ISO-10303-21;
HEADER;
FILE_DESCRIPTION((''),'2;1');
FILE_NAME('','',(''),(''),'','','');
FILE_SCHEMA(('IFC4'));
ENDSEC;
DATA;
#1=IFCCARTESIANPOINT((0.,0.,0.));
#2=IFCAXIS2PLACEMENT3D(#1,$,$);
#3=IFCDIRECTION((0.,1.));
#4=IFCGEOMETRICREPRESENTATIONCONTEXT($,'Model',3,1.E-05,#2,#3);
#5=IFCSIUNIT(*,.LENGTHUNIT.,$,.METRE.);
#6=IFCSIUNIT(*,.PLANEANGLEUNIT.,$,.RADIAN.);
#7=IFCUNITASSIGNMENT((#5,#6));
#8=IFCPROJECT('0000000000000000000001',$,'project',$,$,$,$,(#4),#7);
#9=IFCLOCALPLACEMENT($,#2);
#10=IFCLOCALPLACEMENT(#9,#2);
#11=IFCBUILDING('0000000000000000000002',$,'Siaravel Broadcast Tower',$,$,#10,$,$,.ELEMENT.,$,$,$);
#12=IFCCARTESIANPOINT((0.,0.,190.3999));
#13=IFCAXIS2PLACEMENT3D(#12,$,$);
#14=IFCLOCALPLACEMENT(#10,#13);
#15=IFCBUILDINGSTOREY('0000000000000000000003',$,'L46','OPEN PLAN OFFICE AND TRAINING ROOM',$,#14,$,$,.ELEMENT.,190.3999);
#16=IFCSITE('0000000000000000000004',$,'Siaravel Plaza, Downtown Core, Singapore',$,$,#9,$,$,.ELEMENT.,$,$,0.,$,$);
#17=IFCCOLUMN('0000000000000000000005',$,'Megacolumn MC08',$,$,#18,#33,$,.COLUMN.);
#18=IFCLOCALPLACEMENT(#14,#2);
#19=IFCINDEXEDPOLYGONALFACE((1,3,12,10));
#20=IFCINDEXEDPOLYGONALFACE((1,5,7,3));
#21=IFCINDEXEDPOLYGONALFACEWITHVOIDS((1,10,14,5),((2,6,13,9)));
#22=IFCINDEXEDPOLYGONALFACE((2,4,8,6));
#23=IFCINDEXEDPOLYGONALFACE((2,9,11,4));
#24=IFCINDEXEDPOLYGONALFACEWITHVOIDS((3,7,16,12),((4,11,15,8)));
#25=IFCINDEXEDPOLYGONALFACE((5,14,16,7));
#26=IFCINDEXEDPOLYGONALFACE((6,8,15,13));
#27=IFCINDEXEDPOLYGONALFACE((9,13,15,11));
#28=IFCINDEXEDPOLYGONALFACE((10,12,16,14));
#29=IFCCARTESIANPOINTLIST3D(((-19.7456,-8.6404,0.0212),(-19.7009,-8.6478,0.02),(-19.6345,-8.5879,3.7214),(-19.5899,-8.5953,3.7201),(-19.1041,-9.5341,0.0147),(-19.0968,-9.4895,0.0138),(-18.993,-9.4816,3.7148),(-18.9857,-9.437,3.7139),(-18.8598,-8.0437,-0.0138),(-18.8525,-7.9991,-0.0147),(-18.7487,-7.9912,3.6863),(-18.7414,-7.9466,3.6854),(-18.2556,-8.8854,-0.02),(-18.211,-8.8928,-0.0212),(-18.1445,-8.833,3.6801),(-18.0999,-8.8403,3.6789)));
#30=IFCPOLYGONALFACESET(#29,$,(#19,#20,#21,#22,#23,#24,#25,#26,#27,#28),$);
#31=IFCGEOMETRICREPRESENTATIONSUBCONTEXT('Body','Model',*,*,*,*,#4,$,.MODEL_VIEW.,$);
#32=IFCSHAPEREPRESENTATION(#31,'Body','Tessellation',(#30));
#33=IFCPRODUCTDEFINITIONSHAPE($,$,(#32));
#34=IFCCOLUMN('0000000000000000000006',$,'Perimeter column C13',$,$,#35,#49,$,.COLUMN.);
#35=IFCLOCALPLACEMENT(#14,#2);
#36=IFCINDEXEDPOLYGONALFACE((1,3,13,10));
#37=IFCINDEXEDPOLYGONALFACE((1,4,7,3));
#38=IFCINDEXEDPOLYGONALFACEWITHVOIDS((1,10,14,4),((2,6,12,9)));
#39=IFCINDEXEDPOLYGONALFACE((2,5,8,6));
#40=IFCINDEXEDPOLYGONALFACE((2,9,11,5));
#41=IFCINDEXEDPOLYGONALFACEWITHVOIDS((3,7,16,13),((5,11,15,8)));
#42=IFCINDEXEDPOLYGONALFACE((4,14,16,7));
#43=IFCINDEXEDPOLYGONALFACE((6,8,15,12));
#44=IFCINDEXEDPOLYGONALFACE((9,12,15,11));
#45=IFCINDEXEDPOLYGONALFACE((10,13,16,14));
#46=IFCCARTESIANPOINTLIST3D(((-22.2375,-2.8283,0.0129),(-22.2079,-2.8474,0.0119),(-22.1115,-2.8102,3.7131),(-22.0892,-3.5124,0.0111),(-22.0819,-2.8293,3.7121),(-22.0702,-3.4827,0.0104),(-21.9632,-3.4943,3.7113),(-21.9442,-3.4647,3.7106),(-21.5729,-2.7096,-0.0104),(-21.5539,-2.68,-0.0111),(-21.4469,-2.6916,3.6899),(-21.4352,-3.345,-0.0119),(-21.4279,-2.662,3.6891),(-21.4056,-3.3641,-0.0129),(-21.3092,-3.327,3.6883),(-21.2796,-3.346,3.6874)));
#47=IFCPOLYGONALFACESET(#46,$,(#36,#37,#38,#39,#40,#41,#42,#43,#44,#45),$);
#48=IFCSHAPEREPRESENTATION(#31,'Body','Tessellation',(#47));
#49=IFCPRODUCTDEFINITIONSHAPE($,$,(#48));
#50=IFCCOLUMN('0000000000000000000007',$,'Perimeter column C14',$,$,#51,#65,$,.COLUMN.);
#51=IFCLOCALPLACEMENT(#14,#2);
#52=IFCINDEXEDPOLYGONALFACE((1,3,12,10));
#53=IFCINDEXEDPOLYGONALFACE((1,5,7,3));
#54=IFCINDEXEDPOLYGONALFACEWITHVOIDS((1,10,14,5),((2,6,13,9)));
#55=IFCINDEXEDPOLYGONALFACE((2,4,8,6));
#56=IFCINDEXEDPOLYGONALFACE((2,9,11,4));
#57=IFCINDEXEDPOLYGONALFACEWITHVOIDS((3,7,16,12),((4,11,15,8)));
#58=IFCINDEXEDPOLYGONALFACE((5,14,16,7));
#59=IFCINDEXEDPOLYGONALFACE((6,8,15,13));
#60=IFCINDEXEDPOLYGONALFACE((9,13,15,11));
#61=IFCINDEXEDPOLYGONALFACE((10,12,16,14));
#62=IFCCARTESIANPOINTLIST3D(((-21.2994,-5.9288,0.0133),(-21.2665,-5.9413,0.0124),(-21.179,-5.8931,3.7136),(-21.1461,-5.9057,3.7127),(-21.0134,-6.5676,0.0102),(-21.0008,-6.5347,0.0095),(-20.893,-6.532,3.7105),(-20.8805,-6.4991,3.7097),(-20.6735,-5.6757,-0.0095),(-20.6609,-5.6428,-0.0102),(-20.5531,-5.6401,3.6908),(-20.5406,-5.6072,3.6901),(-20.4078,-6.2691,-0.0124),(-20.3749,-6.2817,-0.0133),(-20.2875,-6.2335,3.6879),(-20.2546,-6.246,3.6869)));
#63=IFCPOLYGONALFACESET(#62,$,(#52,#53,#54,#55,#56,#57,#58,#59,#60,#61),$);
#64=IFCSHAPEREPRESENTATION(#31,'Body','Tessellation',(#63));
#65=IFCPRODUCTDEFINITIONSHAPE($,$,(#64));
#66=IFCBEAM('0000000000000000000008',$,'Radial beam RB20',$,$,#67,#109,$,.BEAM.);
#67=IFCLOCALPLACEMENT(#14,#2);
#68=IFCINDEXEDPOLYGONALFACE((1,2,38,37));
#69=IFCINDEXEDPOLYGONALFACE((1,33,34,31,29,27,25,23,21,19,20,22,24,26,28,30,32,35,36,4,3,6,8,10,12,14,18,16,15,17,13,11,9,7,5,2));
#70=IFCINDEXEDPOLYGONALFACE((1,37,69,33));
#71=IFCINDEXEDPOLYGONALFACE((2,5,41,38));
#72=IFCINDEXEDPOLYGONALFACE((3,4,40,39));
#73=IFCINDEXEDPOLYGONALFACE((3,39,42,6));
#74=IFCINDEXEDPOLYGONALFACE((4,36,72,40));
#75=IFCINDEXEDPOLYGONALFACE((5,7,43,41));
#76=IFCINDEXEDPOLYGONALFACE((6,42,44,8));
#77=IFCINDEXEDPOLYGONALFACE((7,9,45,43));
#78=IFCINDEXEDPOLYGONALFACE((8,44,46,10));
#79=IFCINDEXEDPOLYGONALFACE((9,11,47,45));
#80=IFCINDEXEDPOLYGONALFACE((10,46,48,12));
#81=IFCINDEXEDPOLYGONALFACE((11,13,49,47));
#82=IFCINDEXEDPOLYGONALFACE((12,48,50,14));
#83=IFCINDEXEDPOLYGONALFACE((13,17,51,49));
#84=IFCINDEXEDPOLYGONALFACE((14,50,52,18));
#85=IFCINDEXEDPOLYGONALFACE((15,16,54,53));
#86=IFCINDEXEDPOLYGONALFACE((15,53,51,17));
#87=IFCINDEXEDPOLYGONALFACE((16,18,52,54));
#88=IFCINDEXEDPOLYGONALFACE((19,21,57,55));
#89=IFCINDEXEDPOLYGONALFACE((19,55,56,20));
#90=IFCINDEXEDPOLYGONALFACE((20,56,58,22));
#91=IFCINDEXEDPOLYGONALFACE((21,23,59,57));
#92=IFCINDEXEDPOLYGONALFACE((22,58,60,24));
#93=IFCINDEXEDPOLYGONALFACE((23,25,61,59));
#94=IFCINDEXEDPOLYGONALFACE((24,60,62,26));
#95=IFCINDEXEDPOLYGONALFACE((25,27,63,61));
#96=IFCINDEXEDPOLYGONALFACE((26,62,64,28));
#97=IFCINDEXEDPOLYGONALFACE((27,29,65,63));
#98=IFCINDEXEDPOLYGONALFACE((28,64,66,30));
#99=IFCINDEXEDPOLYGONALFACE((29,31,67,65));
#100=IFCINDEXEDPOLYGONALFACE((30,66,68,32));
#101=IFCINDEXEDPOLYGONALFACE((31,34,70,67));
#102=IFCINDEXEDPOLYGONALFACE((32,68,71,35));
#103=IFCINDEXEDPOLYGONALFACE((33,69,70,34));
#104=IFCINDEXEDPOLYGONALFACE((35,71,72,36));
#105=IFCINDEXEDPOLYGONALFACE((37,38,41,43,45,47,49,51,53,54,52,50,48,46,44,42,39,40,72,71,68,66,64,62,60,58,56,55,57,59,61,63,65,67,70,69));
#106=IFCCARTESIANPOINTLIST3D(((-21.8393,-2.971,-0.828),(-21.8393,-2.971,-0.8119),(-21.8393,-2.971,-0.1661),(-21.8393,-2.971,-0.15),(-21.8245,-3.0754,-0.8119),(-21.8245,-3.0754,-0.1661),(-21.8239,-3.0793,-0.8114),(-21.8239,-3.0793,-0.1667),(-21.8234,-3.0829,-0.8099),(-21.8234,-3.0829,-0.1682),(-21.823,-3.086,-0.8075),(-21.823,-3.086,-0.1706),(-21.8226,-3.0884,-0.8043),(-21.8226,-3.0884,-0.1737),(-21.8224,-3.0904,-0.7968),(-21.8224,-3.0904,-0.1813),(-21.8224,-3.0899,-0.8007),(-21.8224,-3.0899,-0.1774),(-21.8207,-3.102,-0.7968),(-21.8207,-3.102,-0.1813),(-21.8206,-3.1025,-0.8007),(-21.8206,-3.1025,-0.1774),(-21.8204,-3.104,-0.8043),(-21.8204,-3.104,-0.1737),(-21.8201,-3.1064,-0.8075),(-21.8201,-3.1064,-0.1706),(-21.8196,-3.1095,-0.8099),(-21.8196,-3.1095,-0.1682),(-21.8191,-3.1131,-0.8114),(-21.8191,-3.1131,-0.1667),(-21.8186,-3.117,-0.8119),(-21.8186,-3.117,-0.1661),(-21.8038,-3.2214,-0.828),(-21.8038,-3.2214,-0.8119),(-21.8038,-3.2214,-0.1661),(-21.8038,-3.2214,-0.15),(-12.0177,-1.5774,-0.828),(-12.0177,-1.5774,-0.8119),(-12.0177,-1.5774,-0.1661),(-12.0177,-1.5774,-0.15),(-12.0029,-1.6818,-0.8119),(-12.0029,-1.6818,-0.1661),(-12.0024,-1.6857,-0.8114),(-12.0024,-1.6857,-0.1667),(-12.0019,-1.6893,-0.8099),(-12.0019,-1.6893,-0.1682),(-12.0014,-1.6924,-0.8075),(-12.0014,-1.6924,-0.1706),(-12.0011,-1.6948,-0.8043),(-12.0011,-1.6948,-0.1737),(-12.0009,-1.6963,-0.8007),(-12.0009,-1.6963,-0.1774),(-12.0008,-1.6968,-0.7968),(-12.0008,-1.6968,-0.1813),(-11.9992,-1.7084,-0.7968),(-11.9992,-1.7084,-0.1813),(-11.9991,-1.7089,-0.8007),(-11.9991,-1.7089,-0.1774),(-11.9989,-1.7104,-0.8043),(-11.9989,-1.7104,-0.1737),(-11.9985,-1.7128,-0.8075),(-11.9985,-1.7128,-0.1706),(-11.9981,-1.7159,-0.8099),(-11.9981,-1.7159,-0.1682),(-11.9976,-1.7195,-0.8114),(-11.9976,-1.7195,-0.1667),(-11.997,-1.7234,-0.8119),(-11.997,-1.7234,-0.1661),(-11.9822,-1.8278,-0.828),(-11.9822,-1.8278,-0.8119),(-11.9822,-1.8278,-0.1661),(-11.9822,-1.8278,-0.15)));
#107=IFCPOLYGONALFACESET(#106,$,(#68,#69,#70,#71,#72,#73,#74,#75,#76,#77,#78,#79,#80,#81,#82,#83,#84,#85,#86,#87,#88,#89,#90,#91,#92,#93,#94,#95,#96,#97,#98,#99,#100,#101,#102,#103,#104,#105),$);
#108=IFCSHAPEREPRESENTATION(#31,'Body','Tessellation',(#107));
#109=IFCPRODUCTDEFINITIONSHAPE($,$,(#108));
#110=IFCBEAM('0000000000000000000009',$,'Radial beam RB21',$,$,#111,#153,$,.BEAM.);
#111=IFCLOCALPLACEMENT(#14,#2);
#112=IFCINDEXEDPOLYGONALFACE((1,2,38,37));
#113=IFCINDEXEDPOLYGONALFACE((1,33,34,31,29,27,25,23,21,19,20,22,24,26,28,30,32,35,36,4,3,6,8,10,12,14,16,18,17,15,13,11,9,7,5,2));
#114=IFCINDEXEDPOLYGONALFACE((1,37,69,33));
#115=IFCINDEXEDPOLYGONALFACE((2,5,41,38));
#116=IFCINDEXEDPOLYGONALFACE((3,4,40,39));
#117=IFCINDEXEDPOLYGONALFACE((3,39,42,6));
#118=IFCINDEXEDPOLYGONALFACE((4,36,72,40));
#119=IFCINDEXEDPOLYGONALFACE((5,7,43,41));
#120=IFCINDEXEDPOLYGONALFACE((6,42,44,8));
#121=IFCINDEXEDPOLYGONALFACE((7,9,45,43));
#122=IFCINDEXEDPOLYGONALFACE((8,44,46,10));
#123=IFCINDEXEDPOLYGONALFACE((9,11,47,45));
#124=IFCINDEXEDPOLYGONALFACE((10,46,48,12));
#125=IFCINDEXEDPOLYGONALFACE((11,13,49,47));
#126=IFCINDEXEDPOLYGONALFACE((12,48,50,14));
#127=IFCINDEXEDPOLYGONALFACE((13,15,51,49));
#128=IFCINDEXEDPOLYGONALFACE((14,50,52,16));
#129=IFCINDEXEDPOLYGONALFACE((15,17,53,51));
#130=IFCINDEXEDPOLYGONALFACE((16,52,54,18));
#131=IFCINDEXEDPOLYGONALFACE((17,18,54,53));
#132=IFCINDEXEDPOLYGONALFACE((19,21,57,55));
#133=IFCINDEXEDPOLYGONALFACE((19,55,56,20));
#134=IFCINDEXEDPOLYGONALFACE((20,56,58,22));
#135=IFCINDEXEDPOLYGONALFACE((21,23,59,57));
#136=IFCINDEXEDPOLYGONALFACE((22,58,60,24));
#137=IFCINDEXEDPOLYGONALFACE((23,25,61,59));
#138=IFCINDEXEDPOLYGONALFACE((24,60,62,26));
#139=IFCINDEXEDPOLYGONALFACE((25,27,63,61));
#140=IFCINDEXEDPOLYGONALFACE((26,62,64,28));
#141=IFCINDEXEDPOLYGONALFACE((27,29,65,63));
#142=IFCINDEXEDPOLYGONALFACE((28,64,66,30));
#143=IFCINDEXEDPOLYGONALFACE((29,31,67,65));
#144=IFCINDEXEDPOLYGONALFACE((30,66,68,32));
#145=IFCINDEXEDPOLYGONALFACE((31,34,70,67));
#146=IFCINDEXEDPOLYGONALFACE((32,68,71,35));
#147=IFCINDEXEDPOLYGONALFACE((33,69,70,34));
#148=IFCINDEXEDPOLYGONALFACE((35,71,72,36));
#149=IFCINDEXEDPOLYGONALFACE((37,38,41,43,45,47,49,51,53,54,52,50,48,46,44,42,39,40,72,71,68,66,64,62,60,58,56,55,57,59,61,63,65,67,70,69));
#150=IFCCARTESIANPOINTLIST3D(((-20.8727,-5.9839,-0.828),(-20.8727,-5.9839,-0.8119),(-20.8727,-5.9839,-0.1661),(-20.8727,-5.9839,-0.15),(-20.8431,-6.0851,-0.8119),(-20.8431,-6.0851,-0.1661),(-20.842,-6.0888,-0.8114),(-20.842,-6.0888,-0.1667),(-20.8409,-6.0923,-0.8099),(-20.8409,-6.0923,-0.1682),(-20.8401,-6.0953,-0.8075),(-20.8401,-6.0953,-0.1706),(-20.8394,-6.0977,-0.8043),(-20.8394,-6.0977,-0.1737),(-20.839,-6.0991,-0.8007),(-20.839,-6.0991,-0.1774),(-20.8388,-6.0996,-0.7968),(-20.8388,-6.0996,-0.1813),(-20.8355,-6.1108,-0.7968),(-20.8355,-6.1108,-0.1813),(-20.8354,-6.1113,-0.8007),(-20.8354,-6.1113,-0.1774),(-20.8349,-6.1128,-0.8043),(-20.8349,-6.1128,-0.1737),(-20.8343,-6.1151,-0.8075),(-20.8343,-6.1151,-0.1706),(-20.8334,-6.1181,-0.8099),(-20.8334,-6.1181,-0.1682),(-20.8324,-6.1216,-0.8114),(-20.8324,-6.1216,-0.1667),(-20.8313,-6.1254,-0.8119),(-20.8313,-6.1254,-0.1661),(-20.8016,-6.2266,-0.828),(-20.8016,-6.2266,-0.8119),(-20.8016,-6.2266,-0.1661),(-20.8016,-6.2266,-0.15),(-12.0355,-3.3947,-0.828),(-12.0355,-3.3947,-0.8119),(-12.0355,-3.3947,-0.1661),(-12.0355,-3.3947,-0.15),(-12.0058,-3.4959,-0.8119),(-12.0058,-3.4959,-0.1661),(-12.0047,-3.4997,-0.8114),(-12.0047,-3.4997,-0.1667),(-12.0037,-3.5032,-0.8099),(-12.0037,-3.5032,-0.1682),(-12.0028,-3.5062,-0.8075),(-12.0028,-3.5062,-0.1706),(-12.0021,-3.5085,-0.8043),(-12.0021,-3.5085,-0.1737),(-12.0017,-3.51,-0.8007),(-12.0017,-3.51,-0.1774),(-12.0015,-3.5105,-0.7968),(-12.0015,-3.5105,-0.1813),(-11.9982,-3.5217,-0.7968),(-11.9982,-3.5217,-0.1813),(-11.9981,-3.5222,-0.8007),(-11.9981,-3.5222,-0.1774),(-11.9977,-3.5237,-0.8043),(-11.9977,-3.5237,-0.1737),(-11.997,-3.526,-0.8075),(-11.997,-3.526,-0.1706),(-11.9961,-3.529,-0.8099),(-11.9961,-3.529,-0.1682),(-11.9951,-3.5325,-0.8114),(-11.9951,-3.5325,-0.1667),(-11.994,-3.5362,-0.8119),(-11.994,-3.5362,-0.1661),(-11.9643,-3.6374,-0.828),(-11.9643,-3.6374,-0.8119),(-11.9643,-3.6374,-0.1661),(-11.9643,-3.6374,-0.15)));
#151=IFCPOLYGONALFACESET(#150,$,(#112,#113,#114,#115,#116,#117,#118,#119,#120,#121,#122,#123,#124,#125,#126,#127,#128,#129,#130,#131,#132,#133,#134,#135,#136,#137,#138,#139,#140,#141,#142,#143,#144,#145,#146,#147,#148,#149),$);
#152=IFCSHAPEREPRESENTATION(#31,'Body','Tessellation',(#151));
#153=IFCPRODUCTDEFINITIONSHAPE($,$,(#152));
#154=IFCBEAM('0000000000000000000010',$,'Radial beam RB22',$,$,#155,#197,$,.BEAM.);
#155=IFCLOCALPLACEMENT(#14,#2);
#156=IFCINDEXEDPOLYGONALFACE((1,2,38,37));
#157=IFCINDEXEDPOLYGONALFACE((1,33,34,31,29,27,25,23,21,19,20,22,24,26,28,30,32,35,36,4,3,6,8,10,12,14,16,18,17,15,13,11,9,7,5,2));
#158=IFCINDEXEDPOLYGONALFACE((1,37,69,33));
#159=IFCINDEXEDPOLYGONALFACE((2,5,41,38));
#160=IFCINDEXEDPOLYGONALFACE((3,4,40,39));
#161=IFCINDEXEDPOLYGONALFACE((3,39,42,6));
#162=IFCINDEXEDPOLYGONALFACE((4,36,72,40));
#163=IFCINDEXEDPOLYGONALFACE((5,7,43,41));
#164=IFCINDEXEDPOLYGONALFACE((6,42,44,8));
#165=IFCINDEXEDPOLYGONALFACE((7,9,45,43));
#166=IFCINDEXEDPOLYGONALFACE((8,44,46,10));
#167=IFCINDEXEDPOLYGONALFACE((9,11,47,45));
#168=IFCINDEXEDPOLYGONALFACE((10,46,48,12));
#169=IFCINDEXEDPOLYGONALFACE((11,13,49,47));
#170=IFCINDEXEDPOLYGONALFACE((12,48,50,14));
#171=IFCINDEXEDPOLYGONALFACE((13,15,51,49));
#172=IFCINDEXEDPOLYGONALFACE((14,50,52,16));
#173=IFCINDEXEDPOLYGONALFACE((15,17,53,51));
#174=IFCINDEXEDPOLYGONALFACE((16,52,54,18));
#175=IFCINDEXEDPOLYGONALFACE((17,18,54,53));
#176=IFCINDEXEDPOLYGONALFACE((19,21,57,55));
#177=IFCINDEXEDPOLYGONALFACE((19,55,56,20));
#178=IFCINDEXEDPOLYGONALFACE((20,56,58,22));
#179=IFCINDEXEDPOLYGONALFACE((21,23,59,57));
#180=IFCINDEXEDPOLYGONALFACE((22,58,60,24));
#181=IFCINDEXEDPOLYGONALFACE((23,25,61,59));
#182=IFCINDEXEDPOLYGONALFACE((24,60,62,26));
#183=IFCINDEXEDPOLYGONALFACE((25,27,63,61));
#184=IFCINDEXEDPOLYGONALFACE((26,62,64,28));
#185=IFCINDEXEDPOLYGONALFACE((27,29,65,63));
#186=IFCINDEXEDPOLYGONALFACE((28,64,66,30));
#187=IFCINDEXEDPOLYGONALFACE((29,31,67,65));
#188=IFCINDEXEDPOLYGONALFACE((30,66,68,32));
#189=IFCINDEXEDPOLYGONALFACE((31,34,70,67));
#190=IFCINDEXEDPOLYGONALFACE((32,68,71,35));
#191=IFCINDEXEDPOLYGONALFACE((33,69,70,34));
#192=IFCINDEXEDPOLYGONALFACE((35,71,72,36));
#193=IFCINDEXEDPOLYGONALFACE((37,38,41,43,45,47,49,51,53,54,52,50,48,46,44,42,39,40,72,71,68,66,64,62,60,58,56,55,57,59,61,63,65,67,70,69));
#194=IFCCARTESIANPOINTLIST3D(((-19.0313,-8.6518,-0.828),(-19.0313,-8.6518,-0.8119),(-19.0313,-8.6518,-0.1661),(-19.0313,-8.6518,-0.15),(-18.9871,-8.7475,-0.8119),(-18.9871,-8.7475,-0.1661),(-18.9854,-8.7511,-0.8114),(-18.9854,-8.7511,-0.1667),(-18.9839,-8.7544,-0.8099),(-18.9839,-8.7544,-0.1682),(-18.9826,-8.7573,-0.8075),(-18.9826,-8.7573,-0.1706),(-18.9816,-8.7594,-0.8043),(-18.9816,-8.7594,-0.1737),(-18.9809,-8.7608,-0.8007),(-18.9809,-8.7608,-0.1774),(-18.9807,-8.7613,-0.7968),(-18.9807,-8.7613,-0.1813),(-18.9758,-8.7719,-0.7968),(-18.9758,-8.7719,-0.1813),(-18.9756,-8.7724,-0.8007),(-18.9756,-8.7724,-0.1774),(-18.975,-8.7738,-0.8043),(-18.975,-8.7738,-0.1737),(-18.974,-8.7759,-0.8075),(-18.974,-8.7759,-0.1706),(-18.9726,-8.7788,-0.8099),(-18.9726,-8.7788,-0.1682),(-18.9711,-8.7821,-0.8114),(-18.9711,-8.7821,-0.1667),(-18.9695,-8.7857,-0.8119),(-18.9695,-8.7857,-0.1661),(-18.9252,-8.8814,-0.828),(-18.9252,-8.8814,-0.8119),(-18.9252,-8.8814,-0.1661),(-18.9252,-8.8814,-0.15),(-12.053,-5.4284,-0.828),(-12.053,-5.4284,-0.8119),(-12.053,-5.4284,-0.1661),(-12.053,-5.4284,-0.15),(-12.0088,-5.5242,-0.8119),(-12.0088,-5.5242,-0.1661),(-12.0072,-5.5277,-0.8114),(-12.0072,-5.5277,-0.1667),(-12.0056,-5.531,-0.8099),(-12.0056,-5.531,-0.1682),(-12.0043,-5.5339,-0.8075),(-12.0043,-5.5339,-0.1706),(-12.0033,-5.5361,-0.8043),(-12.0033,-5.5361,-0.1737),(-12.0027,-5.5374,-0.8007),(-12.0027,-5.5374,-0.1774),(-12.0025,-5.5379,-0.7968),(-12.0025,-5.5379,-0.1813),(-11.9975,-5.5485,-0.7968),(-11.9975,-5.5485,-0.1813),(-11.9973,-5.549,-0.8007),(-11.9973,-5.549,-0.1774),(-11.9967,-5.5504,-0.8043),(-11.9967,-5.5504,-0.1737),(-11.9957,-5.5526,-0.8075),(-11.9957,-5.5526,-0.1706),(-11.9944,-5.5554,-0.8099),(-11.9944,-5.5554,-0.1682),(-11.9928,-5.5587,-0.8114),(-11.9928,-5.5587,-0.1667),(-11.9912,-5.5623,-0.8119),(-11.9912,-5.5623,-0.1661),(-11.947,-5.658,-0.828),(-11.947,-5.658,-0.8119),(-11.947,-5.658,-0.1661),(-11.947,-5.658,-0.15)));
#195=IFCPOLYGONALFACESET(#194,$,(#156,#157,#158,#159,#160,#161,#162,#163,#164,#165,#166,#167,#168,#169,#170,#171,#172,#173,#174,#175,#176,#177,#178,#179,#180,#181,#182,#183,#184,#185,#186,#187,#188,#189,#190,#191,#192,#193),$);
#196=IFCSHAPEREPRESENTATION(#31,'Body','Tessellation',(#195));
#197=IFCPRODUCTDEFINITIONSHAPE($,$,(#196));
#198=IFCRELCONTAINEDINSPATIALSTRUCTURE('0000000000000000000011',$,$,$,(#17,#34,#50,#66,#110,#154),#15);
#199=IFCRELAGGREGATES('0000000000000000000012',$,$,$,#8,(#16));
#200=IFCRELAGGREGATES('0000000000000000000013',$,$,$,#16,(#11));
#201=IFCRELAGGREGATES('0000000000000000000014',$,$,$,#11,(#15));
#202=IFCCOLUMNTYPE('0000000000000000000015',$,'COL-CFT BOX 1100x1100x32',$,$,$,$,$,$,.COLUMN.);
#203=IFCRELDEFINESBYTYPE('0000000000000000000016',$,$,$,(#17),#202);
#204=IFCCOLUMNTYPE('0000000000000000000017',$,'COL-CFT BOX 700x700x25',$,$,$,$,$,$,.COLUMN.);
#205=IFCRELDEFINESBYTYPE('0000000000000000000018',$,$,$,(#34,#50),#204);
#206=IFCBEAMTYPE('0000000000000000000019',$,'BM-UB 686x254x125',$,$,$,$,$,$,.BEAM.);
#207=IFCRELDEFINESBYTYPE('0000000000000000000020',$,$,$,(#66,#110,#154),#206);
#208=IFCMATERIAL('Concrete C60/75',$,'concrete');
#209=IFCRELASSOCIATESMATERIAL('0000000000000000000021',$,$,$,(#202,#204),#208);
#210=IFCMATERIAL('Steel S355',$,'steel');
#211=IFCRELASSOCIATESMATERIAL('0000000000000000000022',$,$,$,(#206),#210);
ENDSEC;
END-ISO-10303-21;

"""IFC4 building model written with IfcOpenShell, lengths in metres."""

from ifc_helpers import new_model, si_unit, direction, frame, origin, origin_2d, place, context, subcontext, project, spatial, hollow_rectangle, i_section, extrude, material, material_profile, profile_set, type_object, element, save


model = new_model("IFC4")

# Units and contexts
model_context = context("Model", 3, precision=1e-05, world=origin(), true_north=direction((0.0, 1.0)))
body_context = subcontext(model_context, "Body", "Model", "MODEL_VIEW")
ifc_project = project(units=[si_unit("LENGTHUNIT", "METRE"), si_unit("PLANEANGLEUNIT", "RADIAN")], contexts=[model_context])

# Site, building, storey
site_placement = place(None, origin())
site = spatial("IfcSite", under=ifc_project, at=site_placement, Name="Siaravel Plaza, Downtown Core, Singapore", CompositionType="ELEMENT", RefElevation=0.0)
building_placement = place(site_placement, origin())
building = spatial("IfcBuilding", under=site, at=building_placement, Name="Siaravel Broadcast Tower", CompositionType="ELEMENT")
storey_placement = place(building_placement, frame((0.0, 0.0, 190.3999)))
storey = spatial("IfcBuildingStorey", under=building, at=storey_placement, Name="L46", Description="OPEN PLAN OFFICE AND TRAINING ROOM", CompositionType="ELEMENT", Elevation=190.3999)

# Columns
ifc_material_1 = material(Name="Concrete C60/75", Category="concrete")
ifc_material_profile_1 = material_profile(ifc_material_1, hollow_rectangle(XDim=1.1001, YDim=1.1001, WallThickness=0.032, at=origin_2d()))
ifc_profile_set_1 = profile_set([ifc_material_profile_1], Name="Concrete C60/75")
column_type_1 = type_object("IfcColumnType", Name="COL-CFT BOX 1100x1100x32", PredefinedType="COLUMN", material=ifc_profile_set_1)
column_placement = place(storey_placement, frame((-18.9783, -8.7666, 0.0), z_axis=(0.030005, 0.014178, 0.999449), x_axis=(-0.583112, 0.81237, 0.005982)))
element("IfcColumn", 1, at=column_placement, inside=storey, type_object=column_type_1, Name="Megacolumn MC08", PredefinedType="COLUMN", context=body_context, shape_type="SweptSolid", body=[
    extrude(hollow_rectangle(XDim=1.1001, YDim=1.1001, WallThickness=0.032, at=origin_2d()), origin(), (0.0, 0.0, 1.0), 3.7021),
])
ifc_material_profile_2 = material_profile(ifc_material_1, hollow_rectangle(XDim=0.7, YDim=0.7, WallThickness=0.0249, at=origin_2d()))
ifc_profile_set_2 = profile_set([ifc_material_profile_2], Name="Concrete C60/75")
column_type_2 = type_object("IfcColumnType", Name="COL-CFT BOX 700x700x25", PredefinedType="COLUMN", material=ifc_profile_set_2)
for number, where, z_axis, x_axis, name in (
    (2, (-21.8215, -3.0962, 0.0), (0.034026, 0.00488, 0.999409), (-0.211866, 0.977296, 0.002441), "Perimeter column C13"),
    (3, (-20.8372, -6.1052, 0.0), (0.03251, 0.009628, 0.999425), (-0.408631, 0.912689, 0.0045), "Perimeter column C14"),
):
    element("IfcColumn", number, at=place(storey_placement, frame(where, z_axis=z_axis, x_axis=x_axis)), inside=storey, type_object=column_type_2, Name=name, PredefinedType="COLUMN", context=body_context, shape_type="SweptSolid", body=[
        extrude(hollow_rectangle(XDim=0.7, YDim=0.7, WallThickness=0.0249, at=origin_2d()), origin(), (0.0, 0.0, 1.0), 3.7024),
    ])

# Beams
ifc_material_2 = material(Name="Steel S355", Category="steel")
ifc_material_profile_3 = material_profile(ifc_material_2, i_section(OverallWidth=0.2529, OverallDepth=0.678, WebThickness=0.0117, FlangeThickness=0.0161, FilletRadius=0.0151, at=origin_2d()))
ifc_profile_set_3 = profile_set([ifc_material_profile_3], Name="Steel S355")
beam_type = type_object("IfcBeamType", Name="BM-UB 686x254x125", PredefinedType="BEAM", material=ifc_profile_set_3)
beam_1_placement = place(storey_placement, frame((-21.8215, -3.0962, -0.489), z_axis=(0.990083, 0.140481, 0.0), x_axis=(-0.140481, 0.990083, 0.0)))
element("IfcBeam", 4, at=beam_1_placement, inside=storey, type_object=beam_type, Name="Radial beam RB20", PredefinedType="BEAM", context=body_context, shape_type="SweptSolid", body=[
    extrude(i_section(OverallWidth=0.2529, OverallDepth=0.678, WebThickness=0.0117, FlangeThickness=0.0161, FilletRadius=0.0151, at=origin_2d()), origin(), (0.0, 0.0, 1.0), 9.9199),
])
beam_2_placement = place(storey_placement, frame((-20.8372, -6.1052, -0.489), z_axis=(0.95966, 0.281161, 0.0), x_axis=(-0.281161, 0.95966, 0.0)))
element("IfcBeam", 5, at=beam_2_placement, inside=storey, type_object=beam_type, Name="Radial beam RB21", PredefinedType="BEAM", context=body_context, shape_type="SweptSolid", body=[
    extrude(i_section(OverallWidth=0.2529, OverallDepth=0.678, WebThickness=0.0117, FlangeThickness=0.0161, FilletRadius=0.0151, at=origin_2d()), origin(), (0.0, 0.0, 1.0), 9.2087),
])
beam_3_placement = place(storey_placement, frame((-18.9783, -8.7666, -0.489), z_axis=(0.907828, 0.419342, 0.0), x_axis=(-0.419342, 0.907828, 0.0)))
element("IfcBeam", 6, at=beam_3_placement, inside=storey, type_object=beam_type, Name="Radial beam RB22", PredefinedType="BEAM", context=body_context, shape_type="SweptSolid", body=[
    extrude(i_section(OverallWidth=0.2529, OverallDepth=0.678, WebThickness=0.0117, FlangeThickness=0.0161, FilletRadius=0.0151, at=origin_2d()), origin(), (0.0, 0.0, 1.0), 7.6868),
])

save(model, "model.ifc")
